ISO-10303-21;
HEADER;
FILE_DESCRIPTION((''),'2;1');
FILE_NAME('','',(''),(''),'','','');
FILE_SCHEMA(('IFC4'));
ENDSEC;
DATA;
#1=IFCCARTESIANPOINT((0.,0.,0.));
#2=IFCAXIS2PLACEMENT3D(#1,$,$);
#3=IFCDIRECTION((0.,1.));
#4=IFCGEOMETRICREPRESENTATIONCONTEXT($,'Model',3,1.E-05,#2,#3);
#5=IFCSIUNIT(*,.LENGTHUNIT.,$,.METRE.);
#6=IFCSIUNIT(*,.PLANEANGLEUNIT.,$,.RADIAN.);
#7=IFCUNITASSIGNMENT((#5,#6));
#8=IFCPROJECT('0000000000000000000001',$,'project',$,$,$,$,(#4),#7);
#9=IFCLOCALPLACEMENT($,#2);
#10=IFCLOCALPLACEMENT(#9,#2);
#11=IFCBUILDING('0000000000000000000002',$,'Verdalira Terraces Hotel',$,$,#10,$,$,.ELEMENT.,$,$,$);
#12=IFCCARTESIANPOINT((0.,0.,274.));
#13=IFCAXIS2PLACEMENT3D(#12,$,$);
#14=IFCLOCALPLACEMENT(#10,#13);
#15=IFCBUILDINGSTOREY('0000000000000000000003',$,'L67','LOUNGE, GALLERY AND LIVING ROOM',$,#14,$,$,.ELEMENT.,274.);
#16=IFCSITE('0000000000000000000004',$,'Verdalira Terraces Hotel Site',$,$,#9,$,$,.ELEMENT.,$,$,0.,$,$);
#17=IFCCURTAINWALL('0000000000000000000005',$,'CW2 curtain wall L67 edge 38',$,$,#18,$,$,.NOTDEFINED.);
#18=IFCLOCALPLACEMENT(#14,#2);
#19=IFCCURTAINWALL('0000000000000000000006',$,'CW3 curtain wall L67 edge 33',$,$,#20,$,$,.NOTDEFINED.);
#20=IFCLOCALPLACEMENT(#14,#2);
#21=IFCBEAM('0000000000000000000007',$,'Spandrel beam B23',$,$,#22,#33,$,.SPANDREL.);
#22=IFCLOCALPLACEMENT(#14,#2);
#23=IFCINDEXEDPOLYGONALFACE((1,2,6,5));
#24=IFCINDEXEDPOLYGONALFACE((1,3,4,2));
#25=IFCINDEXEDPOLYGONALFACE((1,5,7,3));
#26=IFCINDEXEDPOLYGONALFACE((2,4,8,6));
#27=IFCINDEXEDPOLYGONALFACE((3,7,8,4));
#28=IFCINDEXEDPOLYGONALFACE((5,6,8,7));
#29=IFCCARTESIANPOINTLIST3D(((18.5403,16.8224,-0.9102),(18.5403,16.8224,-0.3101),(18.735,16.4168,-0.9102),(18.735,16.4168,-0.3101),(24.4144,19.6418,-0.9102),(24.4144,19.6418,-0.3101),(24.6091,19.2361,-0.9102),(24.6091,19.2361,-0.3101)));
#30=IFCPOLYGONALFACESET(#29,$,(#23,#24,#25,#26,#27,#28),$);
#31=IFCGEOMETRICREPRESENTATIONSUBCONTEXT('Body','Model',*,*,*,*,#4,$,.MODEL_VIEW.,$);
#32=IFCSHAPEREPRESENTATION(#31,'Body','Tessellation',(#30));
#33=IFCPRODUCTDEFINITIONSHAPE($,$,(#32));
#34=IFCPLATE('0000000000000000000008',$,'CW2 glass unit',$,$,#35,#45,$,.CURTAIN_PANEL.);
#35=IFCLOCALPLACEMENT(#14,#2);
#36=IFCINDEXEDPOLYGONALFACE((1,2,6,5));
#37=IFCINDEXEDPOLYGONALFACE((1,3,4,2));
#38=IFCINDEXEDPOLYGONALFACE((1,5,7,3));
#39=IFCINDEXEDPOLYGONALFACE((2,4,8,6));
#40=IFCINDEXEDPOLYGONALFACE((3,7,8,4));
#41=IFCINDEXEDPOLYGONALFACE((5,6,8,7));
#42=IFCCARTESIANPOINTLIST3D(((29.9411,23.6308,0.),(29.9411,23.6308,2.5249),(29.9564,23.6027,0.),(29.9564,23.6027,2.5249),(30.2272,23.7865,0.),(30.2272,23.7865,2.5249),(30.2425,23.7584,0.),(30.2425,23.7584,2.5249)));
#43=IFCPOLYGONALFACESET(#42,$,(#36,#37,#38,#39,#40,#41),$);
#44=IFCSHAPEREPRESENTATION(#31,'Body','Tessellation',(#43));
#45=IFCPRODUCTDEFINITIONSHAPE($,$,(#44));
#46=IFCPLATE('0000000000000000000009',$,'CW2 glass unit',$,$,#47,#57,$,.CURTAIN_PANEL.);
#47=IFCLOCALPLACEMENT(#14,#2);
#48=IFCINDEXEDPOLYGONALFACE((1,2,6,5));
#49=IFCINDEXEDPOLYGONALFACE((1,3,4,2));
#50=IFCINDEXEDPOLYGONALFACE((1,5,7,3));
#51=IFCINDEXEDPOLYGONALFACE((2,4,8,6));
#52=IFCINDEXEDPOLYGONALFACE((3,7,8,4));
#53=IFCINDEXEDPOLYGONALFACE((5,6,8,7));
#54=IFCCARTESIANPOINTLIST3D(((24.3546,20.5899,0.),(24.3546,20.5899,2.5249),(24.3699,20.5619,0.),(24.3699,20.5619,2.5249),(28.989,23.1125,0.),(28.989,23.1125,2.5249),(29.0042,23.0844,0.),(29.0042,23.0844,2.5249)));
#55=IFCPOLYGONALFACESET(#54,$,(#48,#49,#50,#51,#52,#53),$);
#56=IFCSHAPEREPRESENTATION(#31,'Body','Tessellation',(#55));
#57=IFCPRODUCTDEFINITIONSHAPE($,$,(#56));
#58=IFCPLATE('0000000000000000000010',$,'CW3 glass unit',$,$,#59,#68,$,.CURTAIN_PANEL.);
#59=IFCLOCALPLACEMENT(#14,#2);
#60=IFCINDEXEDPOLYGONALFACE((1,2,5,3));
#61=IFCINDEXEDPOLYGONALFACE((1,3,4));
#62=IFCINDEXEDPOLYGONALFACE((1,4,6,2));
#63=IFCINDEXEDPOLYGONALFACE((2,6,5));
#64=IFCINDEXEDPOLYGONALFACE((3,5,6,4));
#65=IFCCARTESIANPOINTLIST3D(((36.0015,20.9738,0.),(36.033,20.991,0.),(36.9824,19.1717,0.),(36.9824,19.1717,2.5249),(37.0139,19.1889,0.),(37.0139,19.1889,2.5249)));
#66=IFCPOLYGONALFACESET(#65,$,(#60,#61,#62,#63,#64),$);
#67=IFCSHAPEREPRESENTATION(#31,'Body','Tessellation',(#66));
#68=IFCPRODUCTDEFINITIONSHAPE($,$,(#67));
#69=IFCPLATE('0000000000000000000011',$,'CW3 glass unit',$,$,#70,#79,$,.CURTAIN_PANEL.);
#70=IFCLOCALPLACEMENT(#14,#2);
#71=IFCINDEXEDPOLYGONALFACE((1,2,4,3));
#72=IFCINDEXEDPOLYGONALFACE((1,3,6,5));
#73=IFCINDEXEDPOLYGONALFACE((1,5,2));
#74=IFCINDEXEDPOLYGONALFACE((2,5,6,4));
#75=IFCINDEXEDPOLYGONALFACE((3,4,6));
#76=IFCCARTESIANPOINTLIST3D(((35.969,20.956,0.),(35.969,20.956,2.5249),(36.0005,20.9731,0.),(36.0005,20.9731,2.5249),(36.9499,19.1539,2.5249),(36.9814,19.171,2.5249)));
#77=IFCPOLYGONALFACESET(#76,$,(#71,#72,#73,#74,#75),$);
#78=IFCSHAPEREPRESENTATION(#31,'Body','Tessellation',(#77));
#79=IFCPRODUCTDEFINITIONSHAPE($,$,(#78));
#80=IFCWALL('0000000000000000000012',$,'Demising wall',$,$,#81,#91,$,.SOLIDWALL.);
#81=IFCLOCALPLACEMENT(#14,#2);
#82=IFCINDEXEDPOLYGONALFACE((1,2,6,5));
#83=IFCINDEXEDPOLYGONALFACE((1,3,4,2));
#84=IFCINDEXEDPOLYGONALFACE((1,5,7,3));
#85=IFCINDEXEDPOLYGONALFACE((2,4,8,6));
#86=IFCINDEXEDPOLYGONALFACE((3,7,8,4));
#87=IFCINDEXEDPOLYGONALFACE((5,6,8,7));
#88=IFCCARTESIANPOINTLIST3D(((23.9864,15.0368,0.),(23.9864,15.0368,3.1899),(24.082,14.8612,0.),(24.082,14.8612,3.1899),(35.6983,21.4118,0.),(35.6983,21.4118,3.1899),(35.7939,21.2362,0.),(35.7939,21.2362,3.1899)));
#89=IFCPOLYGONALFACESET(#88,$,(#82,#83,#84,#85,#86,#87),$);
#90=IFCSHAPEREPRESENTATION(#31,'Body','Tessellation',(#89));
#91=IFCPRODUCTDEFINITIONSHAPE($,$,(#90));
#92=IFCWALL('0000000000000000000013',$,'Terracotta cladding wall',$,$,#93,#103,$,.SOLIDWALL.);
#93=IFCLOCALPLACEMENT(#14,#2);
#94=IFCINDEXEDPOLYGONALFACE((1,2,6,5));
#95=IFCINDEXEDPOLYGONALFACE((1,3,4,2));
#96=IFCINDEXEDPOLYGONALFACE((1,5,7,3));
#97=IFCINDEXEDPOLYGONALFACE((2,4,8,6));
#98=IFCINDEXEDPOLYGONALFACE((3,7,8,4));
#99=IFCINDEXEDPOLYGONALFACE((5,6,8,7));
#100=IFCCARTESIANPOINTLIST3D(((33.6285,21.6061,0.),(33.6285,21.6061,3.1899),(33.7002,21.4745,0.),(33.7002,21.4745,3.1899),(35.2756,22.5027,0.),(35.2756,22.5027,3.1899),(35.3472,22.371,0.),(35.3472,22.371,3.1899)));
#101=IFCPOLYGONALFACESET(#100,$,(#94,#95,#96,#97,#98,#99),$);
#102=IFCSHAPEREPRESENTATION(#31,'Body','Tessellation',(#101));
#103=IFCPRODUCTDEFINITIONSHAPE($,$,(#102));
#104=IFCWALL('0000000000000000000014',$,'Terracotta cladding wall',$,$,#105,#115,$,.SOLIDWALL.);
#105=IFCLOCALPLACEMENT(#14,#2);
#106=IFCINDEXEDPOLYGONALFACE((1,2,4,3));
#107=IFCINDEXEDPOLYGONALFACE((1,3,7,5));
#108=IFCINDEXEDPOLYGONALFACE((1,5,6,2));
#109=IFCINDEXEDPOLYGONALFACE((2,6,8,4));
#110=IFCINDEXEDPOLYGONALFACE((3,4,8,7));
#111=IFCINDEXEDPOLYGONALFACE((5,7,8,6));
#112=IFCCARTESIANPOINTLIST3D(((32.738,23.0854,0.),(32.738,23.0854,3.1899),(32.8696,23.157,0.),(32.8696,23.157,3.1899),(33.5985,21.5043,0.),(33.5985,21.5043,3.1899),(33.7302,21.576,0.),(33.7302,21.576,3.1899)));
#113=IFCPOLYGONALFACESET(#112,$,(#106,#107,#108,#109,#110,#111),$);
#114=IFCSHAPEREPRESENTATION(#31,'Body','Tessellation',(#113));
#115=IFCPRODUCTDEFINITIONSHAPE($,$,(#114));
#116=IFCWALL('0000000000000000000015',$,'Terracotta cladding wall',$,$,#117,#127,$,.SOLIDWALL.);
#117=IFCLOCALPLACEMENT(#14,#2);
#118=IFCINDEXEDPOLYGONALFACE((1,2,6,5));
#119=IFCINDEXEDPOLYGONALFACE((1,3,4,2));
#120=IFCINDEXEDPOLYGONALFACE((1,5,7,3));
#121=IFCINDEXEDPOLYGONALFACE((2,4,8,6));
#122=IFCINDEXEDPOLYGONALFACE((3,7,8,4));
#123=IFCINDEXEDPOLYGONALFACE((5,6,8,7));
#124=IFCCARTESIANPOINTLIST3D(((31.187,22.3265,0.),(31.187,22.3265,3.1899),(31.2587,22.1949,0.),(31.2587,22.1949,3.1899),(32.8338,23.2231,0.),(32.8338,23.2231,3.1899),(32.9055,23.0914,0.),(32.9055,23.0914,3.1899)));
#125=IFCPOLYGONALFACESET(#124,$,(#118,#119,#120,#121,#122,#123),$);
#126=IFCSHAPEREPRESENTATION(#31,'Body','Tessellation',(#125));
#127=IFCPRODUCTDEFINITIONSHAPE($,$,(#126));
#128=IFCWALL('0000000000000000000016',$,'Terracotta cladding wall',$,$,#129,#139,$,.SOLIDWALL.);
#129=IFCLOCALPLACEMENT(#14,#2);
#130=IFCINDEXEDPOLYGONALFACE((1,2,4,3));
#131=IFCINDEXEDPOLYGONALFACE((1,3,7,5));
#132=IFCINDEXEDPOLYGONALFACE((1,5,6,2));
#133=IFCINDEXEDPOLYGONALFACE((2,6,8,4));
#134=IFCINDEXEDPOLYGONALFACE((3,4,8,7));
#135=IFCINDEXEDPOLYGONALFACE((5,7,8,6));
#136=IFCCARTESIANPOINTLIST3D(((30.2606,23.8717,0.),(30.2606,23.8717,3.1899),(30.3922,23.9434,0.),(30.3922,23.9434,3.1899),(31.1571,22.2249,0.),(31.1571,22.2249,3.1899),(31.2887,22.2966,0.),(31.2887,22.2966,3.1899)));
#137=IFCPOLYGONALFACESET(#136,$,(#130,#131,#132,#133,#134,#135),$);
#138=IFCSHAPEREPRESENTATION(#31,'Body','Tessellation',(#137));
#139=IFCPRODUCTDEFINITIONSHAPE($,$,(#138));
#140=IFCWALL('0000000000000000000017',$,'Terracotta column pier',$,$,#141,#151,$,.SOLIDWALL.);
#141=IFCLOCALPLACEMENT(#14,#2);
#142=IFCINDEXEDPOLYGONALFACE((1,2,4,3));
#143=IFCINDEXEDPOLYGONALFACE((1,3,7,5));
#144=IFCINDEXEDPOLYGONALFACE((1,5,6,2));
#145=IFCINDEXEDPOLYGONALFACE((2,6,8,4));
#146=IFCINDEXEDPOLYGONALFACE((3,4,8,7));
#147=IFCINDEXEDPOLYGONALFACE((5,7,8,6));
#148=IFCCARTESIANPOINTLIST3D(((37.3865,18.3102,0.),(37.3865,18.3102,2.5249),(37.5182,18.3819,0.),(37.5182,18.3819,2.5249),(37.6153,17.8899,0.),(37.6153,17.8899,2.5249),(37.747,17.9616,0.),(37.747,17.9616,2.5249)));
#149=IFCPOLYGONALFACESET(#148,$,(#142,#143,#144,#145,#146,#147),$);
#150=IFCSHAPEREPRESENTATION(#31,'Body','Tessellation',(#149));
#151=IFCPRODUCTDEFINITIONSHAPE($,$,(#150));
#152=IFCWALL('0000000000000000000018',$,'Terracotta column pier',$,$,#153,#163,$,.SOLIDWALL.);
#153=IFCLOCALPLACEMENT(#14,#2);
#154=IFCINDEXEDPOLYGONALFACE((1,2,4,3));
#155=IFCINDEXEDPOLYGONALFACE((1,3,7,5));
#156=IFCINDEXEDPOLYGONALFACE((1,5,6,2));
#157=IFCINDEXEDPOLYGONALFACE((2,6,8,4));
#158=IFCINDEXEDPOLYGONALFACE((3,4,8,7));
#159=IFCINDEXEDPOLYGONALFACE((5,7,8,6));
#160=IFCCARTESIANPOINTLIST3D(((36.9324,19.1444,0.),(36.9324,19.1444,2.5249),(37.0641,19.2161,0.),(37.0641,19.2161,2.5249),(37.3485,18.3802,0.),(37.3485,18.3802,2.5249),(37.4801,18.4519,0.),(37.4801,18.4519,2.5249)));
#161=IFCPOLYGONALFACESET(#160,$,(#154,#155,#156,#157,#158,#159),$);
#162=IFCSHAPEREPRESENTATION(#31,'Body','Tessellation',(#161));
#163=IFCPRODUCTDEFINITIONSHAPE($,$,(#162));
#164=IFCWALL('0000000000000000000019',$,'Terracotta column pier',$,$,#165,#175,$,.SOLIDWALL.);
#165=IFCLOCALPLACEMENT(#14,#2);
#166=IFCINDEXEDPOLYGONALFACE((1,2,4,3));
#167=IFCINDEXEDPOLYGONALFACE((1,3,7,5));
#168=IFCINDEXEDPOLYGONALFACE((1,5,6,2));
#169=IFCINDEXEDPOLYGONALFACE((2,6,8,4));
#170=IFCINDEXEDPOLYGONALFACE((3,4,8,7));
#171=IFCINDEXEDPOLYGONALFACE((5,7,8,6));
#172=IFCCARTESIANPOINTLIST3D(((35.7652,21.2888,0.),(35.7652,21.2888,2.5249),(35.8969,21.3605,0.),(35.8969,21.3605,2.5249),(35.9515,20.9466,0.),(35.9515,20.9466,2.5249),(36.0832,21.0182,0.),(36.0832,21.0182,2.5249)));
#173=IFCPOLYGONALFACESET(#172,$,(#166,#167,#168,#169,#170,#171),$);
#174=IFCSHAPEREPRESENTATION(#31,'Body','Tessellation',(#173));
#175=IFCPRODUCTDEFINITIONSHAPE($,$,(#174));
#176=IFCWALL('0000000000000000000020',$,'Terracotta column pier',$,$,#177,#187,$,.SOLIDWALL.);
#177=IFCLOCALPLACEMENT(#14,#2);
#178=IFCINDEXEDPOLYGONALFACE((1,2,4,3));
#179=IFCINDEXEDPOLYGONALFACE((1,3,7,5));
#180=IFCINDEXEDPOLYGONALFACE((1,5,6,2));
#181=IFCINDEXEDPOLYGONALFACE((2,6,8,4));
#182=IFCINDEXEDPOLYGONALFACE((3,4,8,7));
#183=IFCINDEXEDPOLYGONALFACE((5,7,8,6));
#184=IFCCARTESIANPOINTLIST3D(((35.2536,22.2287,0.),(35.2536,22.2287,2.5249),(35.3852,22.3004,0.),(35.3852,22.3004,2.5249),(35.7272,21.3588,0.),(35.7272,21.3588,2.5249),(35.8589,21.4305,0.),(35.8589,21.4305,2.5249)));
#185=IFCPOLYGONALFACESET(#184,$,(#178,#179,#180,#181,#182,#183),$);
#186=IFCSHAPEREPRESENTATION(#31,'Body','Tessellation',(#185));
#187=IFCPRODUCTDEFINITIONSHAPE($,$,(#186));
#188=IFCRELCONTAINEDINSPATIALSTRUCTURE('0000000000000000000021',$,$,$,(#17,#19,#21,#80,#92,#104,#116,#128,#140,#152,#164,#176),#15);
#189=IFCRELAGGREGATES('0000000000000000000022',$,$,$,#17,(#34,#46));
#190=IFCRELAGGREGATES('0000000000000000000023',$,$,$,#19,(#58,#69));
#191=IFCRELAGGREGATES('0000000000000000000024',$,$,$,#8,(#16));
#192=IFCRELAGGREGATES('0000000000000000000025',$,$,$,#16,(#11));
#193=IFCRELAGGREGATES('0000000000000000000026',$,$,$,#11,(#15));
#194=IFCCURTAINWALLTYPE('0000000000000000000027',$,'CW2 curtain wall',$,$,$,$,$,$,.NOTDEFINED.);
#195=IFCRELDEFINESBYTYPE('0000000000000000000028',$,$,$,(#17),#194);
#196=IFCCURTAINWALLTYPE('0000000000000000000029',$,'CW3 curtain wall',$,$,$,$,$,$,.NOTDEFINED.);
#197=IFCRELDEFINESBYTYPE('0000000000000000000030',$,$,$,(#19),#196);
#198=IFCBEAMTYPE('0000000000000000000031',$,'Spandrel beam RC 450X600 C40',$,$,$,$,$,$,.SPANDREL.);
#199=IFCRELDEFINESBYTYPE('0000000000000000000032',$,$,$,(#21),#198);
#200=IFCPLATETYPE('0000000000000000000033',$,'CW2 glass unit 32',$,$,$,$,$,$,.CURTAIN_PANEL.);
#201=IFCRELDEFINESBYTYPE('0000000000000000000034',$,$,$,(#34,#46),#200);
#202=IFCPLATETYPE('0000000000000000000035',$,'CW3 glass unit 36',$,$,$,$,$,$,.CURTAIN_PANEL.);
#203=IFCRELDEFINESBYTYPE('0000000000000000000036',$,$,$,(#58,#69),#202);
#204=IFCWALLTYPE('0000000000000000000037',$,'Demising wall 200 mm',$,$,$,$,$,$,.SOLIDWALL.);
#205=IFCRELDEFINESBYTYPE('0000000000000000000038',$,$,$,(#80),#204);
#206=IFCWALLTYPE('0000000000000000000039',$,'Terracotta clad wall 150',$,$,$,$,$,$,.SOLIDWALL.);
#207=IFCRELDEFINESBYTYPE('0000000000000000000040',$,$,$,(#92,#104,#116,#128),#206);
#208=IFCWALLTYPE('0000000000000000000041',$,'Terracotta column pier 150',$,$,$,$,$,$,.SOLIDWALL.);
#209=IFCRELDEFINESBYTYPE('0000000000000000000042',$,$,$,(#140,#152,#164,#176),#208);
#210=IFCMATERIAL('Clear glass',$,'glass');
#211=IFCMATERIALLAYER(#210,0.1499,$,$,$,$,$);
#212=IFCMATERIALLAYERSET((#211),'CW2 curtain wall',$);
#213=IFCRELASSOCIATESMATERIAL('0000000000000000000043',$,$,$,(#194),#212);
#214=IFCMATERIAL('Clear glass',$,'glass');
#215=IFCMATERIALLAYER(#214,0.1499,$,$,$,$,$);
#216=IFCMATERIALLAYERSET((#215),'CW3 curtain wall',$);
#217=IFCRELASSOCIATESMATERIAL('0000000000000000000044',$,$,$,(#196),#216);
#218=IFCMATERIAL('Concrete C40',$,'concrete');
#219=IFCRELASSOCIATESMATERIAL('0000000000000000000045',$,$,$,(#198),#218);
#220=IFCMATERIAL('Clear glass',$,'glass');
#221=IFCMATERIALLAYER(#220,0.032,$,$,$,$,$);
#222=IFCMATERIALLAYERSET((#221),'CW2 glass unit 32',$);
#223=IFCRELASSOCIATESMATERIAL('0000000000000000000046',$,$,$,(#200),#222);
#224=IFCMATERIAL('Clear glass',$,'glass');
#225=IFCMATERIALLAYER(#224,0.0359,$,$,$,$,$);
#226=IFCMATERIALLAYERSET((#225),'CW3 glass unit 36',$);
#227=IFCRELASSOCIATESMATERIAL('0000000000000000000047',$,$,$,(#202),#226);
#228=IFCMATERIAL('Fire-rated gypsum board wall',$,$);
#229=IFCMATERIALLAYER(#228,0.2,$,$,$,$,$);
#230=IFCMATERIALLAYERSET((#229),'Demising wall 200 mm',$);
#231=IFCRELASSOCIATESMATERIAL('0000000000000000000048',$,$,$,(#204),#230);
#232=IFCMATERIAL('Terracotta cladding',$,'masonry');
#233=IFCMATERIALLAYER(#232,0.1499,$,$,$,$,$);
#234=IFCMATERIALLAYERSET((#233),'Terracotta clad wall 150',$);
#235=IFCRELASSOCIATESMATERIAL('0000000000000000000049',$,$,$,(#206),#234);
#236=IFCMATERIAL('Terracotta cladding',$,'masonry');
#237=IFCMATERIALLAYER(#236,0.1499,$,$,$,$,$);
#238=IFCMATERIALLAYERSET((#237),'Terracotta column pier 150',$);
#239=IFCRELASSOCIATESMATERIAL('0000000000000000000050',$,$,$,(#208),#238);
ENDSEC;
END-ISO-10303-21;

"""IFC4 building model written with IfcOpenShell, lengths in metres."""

from ifc_helpers import new_model, si_unit, direction, frame, frame_2d, origin, origin_2d, place, context, subcontext, project, spatial, polyline, rectangle, outline, extrude, material, layer, layer_set, material_profile, profile_set, type_object, element, aggregate, save


model = new_model("IFC4")

# Units and contexts
model_context = context("Model", 3, precision=1e-05, world=origin(), true_north=direction((0.0, 1.0)))
body_context = subcontext(model_context, "Body", "Model", "MODEL_VIEW")
ifc_project = project(units=[si_unit("LENGTHUNIT", "METRE"), si_unit("PLANEANGLEUNIT", "RADIAN")], contexts=[model_context])

# Site, building, storey
site_placement = place(None, origin())
site = spatial("IfcSite", under=ifc_project, at=site_placement, Name="Verdalira Terraces Hotel Site", CompositionType="ELEMENT", RefElevation=0.0)
building_placement = place(site_placement, origin())
building = spatial("IfcBuilding", under=site, at=building_placement, Name="Verdalira Terraces Hotel", CompositionType="ELEMENT")
storey_placement = place(building_placement, frame((0.0, 0.0, 274.0)))
storey = spatial("IfcBuildingStorey", under=building, at=storey_placement, Name="L67", Description="LOUNGE, GALLERY AND LIVING ROOM", CompositionType="ELEMENT", Elevation=274.0)

# Curtain walls
ifc_material_1 = material(Name="Clear glass", Category="glass")
ifc_layer_1 = layer(ifc_material_1, 0.1499)
ifc_layer_set_1 = layer_set([ifc_layer_1], Name="CW2 curtain wall")
curtain_wall_type_1 = type_object("IfcCurtainWallType", Name="CW2 curtain wall", PredefinedType="NOTDEFINED", material=ifc_layer_set_1)
curtain_wall_1_placement = place(storey_placement, origin())
curtain_wall_1 = element("IfcCurtainWall", 1, at=curtain_wall_1_placement, inside=storey, type_object=curtain_wall_type_1, Name="CW2 curtain wall L67 edge 38", PredefinedType="NOTDEFINED")
ifc_material_2 = material(Name="Clear glass", Category="glass")
ifc_layer_2 = layer(ifc_material_2, 0.1499)
ifc_layer_set_2 = layer_set([ifc_layer_2], Name="CW3 curtain wall")
curtain_wall_type_2 = type_object("IfcCurtainWallType", Name="CW3 curtain wall", PredefinedType="NOTDEFINED", material=ifc_layer_set_2)
curtain_wall_2_placement = place(storey_placement, origin())
curtain_wall_2 = element("IfcCurtainWall", 2, at=curtain_wall_2_placement, inside=storey, type_object=curtain_wall_type_2, Name="CW3 curtain wall L67 edge 33", PredefinedType="NOTDEFINED")

# Beam
ifc_material_3 = material(Name="Concrete C40", Category="concrete")
ifc_material_profile_1 = material_profile(ifc_material_3, rectangle(XDim=0.45, YDim=0.6001, at=origin_2d()), Name="RC 450X600")
ifc_profile_set_1 = profile_set([ifc_material_profile_1], Name="Concrete C40")
beam_type = type_object("IfcBeamType", Name="Spandrel beam RC 450X600 C40", PredefinedType="SPANDREL", material=ifc_profile_set_1)
beam_1_placement = place(storey_placement, frame((24.5117, 19.439, -0.6101), z_axis=(-0.901535, -0.432707, 0.0), x_axis=(0.432707, -0.901535, 0.0)))
element("IfcBeam", 3, at=beam_1_placement, inside=storey, type_object=beam_type, Name="Spandrel beam B23", PredefinedType="SPANDREL", context=body_context, shape_type="SweptSolid", body=[
    extrude(rectangle(XDim=0.45, YDim=0.6001, at=origin_2d()), origin(), (0.0, 0.0, 1.0), 6.5156),
])

# Plates
ifc_material_4 = material(Name="Clear glass", Category="glass")
ifc_layer_3 = layer(ifc_material_4, 0.032)
ifc_layer_set_3 = layer_set([ifc_layer_3], Name="CW2 glass unit 32")
plate_type_1 = type_object("IfcPlateType", Name="CW2 glass unit 32", PredefinedType="CURTAIN_PANEL", material=ifc_layer_set_3)
plate_1_placement = place(storey_placement, frame((30.0918, 23.6946, 0.0), z_axis=(0.0, 0.0, 1.0), x_axis=(-0.878317, -0.478079, 0.0)))
plate_1 = element("IfcPlate", 4, at=plate_1_placement, type_object=plate_type_1, Name="CW2 glass unit", PredefinedType="CURTAIN_PANEL", context=body_context, shape_type="SweptSolid", body=[
    extrude(rectangle(XDim=0.3257, YDim=0.032, at=origin_2d()), origin(), (0.0, 0.0, 1.0), 2.5249),
])
plate_2_placement = place(storey_placement, frame((26.6794, 21.8372, 0.0), z_axis=(0.0, 0.0, 1.0), x_axis=(-0.878317, -0.478079, 0.0)))
plate_2 = element("IfcPlate", 5, at=plate_2_placement, type_object=plate_type_1, Name="CW2 glass unit", PredefinedType="CURTAIN_PANEL", context=body_context, shape_type="SweptSolid", body=[
    extrude(rectangle(XDim=5.2764, YDim=0.032, at=origin_2d()), origin(), (0.0, 0.0, 1.0), 2.5249),
])
aggregate(curtain_wall_1, [plate_1, plate_2])
ifc_material_5 = material(Name="Clear glass", Category="glass")
ifc_layer_4 = layer(ifc_material_5, 0.0359)
ifc_layer_set_4 = layer_set([ifc_layer_4], Name="CW3 glass unit 36")
plate_type_2 = type_object("IfcPlateType", Name="CW3 glass unit 36", PredefinedType="CURTAIN_PANEL", material=ifc_layer_set_4)
plate_3_placement = place(storey_placement, frame((36.4919, 20.0728, 1.2625), z_axis=(0.878317, 0.478079, 0.0), x_axis=(-0.478079, 0.878317, 0.0)))
plate_3 = element("IfcPlate", 6, at=plate_3_placement, type_object=plate_type_2, Name="CW3 glass unit", PredefinedType="CURTAIN_PANEL", context=body_context, shape_type="SweptSolid", body=[
    extrude(outline(polyline([(-1.0259, -1.2625), (1.0259, -1.2625), (-1.0259, 1.2625), (-1.0259, -1.2625)])), origin(), (0.0, 0.0, 1.0), 0.0359),
])
plate_4_placement = place(storey_placement, frame((36.4595, 20.0549, 1.2625), z_axis=(0.878317, 0.478079, 0.0), x_axis=(-0.478079, 0.878317, 0.0)))
plate_4 = element("IfcPlate", 7, at=plate_4_placement, type_object=plate_type_2, Name="CW3 glass unit", PredefinedType="CURTAIN_PANEL", context=body_context, shape_type="SweptSolid", body=[
    extrude(outline(polyline([(1.0259, -1.2625), (1.0259, 1.2625), (-1.0259, 1.2625), (1.0259, -1.2625)])), origin(), (0.0, 0.0, 1.0), 0.0359),
])
aggregate(curtain_wall_2, [plate_3, plate_4])

# Walls
ifc_material_6 = material(Name="Fire-rated gypsum board wall")
ifc_layer_5 = layer(ifc_material_6, 0.2)
ifc_layer_set_5 = layer_set([ifc_layer_5], Name="Demising wall 200 mm")
wall_type_1 = type_object("IfcWallType", Name="Demising wall 200 mm", PredefinedType="SOLIDWALL", material=ifc_layer_set_5)
wall_1_placement = place(storey_placement, frame((35.7461, 21.324, 0.0), z_axis=(0.0, 0.0, 1.0), x_axis=(-0.878315, -0.478082, 0.0)))
element("IfcWall", 8, at=wall_1_placement, inside=storey, type_object=wall_type_1, Name="Demising wall", PredefinedType="SOLIDWALL", context=body_context, shape_type="SweptSolid", body=[
    extrude(rectangle(XDim=13.3345, YDim=0.2, at=frame_2d((6.6672, 0.0))), origin(), (0.0, 0.0, 1.0), 3.1899),
])
ifc_material_7 = material(Name="Terracotta cladding", Category="masonry")
ifc_layer_6 = layer(ifc_material_7, 0.1499)
ifc_layer_set_6 = layer_set([ifc_layer_6], Name="Terracotta clad wall 150")
wall_type_2 = type_object("IfcWallType", Name="Terracotta clad wall 150", PredefinedType="SOLIDWALL", material=ifc_layer_set_6)
wall_2_placement = place(storey_placement, frame((35.3113, 22.4368, 0.0), z_axis=(0.0, 0.0, 1.0), x_axis=(-0.878313, -0.478086, 0.0)))
element("IfcWall", 9, at=wall_2_placement, inside=storey, type_object=wall_type_2, Name="Terracotta cladding wall", PredefinedType="SOLIDWALL", context=body_context, shape_type="SweptSolid", body=[
    extrude(rectangle(XDim=1.8752, YDim=0.1499, at=frame_2d((0.9375, 0.0))), origin(), (0.0, 0.0, 1.0), 3.1899),
])
wall_3_placement = place(storey_placement, frame((33.6643, 21.5403, 0.0), z_axis=(0.0, 0.0, 1.0), x_axis=(-0.478082, 0.878315, 0.0)))
element("IfcWall", 10, at=wall_3_placement, inside=storey, type_object=wall_type_2, Name="Terracotta cladding wall", PredefinedType="SOLIDWALL", context=body_context, shape_type="SweptSolid", body=[
    extrude(rectangle(XDim=1.8, YDim=0.1499, at=frame_2d((0.8999, 0.0))), origin(), (0.0, 0.0, 1.0), 3.1899),
])
for number, where, z_axis, x_axis, name in (
    (11, (32.8696, 23.1572, 0.0), (0.0, 0.0, 1.0), (-0.878283, -0.47814, 0.0), "Terracotta cladding wall"),
    (12, (31.2229, 22.2607, 0.0), (0.0, 0.0, 1.0), (-0.47814, 0.878283, 0.0), "Terracotta cladding wall"),
):
    element("IfcWall", number, at=place(storey_placement, frame(where, z_axis=z_axis, x_axis=x_axis)), inside=storey, type_object=wall_type_2, Name=name, PredefinedType="SOLIDWALL", context=body_context, shape_type="SweptSolid", body=[
        extrude(rectangle(XDim=1.875, YDim=0.1499, at=frame_2d((0.9375, 0.0))), origin(), (0.0, 0.0, 1.0), 3.1899),
    ])
ifc_material_8 = material(Name="Terracotta cladding", Category="masonry")
ifc_layer_7 = layer(ifc_material_8, 0.1499)
ifc_layer_set_7 = layer_set([ifc_layer_7], Name="Terracotta column pier 150")
wall_type_3 = type_object("IfcWallType", Name="Terracotta column pier 150", PredefinedType="SOLIDWALL", material=ifc_layer_set_7)
wall_4_placement = place(storey_placement, frame((37.6812, 17.9258, 0.0), z_axis=(0.0, 0.0, 1.0), x_axis=(-0.478173, 0.878266, 0.0)))
element("IfcWall", 13, at=wall_4_placement, inside=storey, type_object=wall_type_3, Name="Terracotta column pier", PredefinedType="SOLIDWALL", context=body_context, shape_type="SweptSolid", body=[
    extrude(rectangle(XDim=0.4785, YDim=0.1499, at=frame_2d((0.2393, 0.0))), origin(), (0.0, 0.0, 1.0), 2.5249),
])
wall_5_placement = place(storey_placement, frame((37.4143, 18.416, 0.0), z_axis=(0.0, 0.0, 1.0), x_axis=(-0.478144, 0.878281, 0.0)))
element("IfcWall", 14, at=wall_5_placement, inside=storey, type_object=wall_type_3, Name="Terracotta column pier", PredefinedType="SOLIDWALL", context=body_context, shape_type="SweptSolid", body=[
    extrude(rectangle(XDim=0.8701, YDim=0.1499, at=frame_2d((0.4351, 0.0))), origin(), (0.0, 0.0, 1.0), 2.5249),
])
wall_6_placement = place(storey_placement, frame((36.0173, 20.9824, 0.0), z_axis=(0.0, 0.0, 1.0), x_axis=(-0.478018, 0.87835, 0.0)))
element("IfcWall", 15, at=wall_6_placement, inside=storey, type_object=wall_type_3, Name="Terracotta column pier", PredefinedType="SOLIDWALL", context=body_context, shape_type="SweptSolid", body=[
    extrude(rectangle(XDim=0.3896, YDim=0.1499, at=frame_2d((0.1948, 0.0))), origin(), (0.0, 0.0, 1.0), 2.5249),
])
wall_7_placement = place(storey_placement, frame((35.793, 21.3948, 0.0), z_axis=(0.0, 0.0, 1.0), x_axis=(-0.478196, 0.878253, 0.0)))
element("IfcWall", 16, at=wall_7_placement, inside=storey, type_object=wall_type_3, Name="Terracotta column pier", PredefinedType="SOLIDWALL", context=body_context, shape_type="SweptSolid", body=[
    extrude(rectangle(XDim=0.9905, YDim=0.1499, at=frame_2d((0.4951, 0.0))), origin(), (0.0, 0.0, 1.0), 2.5249),
])

save(model, "model.ifc")
